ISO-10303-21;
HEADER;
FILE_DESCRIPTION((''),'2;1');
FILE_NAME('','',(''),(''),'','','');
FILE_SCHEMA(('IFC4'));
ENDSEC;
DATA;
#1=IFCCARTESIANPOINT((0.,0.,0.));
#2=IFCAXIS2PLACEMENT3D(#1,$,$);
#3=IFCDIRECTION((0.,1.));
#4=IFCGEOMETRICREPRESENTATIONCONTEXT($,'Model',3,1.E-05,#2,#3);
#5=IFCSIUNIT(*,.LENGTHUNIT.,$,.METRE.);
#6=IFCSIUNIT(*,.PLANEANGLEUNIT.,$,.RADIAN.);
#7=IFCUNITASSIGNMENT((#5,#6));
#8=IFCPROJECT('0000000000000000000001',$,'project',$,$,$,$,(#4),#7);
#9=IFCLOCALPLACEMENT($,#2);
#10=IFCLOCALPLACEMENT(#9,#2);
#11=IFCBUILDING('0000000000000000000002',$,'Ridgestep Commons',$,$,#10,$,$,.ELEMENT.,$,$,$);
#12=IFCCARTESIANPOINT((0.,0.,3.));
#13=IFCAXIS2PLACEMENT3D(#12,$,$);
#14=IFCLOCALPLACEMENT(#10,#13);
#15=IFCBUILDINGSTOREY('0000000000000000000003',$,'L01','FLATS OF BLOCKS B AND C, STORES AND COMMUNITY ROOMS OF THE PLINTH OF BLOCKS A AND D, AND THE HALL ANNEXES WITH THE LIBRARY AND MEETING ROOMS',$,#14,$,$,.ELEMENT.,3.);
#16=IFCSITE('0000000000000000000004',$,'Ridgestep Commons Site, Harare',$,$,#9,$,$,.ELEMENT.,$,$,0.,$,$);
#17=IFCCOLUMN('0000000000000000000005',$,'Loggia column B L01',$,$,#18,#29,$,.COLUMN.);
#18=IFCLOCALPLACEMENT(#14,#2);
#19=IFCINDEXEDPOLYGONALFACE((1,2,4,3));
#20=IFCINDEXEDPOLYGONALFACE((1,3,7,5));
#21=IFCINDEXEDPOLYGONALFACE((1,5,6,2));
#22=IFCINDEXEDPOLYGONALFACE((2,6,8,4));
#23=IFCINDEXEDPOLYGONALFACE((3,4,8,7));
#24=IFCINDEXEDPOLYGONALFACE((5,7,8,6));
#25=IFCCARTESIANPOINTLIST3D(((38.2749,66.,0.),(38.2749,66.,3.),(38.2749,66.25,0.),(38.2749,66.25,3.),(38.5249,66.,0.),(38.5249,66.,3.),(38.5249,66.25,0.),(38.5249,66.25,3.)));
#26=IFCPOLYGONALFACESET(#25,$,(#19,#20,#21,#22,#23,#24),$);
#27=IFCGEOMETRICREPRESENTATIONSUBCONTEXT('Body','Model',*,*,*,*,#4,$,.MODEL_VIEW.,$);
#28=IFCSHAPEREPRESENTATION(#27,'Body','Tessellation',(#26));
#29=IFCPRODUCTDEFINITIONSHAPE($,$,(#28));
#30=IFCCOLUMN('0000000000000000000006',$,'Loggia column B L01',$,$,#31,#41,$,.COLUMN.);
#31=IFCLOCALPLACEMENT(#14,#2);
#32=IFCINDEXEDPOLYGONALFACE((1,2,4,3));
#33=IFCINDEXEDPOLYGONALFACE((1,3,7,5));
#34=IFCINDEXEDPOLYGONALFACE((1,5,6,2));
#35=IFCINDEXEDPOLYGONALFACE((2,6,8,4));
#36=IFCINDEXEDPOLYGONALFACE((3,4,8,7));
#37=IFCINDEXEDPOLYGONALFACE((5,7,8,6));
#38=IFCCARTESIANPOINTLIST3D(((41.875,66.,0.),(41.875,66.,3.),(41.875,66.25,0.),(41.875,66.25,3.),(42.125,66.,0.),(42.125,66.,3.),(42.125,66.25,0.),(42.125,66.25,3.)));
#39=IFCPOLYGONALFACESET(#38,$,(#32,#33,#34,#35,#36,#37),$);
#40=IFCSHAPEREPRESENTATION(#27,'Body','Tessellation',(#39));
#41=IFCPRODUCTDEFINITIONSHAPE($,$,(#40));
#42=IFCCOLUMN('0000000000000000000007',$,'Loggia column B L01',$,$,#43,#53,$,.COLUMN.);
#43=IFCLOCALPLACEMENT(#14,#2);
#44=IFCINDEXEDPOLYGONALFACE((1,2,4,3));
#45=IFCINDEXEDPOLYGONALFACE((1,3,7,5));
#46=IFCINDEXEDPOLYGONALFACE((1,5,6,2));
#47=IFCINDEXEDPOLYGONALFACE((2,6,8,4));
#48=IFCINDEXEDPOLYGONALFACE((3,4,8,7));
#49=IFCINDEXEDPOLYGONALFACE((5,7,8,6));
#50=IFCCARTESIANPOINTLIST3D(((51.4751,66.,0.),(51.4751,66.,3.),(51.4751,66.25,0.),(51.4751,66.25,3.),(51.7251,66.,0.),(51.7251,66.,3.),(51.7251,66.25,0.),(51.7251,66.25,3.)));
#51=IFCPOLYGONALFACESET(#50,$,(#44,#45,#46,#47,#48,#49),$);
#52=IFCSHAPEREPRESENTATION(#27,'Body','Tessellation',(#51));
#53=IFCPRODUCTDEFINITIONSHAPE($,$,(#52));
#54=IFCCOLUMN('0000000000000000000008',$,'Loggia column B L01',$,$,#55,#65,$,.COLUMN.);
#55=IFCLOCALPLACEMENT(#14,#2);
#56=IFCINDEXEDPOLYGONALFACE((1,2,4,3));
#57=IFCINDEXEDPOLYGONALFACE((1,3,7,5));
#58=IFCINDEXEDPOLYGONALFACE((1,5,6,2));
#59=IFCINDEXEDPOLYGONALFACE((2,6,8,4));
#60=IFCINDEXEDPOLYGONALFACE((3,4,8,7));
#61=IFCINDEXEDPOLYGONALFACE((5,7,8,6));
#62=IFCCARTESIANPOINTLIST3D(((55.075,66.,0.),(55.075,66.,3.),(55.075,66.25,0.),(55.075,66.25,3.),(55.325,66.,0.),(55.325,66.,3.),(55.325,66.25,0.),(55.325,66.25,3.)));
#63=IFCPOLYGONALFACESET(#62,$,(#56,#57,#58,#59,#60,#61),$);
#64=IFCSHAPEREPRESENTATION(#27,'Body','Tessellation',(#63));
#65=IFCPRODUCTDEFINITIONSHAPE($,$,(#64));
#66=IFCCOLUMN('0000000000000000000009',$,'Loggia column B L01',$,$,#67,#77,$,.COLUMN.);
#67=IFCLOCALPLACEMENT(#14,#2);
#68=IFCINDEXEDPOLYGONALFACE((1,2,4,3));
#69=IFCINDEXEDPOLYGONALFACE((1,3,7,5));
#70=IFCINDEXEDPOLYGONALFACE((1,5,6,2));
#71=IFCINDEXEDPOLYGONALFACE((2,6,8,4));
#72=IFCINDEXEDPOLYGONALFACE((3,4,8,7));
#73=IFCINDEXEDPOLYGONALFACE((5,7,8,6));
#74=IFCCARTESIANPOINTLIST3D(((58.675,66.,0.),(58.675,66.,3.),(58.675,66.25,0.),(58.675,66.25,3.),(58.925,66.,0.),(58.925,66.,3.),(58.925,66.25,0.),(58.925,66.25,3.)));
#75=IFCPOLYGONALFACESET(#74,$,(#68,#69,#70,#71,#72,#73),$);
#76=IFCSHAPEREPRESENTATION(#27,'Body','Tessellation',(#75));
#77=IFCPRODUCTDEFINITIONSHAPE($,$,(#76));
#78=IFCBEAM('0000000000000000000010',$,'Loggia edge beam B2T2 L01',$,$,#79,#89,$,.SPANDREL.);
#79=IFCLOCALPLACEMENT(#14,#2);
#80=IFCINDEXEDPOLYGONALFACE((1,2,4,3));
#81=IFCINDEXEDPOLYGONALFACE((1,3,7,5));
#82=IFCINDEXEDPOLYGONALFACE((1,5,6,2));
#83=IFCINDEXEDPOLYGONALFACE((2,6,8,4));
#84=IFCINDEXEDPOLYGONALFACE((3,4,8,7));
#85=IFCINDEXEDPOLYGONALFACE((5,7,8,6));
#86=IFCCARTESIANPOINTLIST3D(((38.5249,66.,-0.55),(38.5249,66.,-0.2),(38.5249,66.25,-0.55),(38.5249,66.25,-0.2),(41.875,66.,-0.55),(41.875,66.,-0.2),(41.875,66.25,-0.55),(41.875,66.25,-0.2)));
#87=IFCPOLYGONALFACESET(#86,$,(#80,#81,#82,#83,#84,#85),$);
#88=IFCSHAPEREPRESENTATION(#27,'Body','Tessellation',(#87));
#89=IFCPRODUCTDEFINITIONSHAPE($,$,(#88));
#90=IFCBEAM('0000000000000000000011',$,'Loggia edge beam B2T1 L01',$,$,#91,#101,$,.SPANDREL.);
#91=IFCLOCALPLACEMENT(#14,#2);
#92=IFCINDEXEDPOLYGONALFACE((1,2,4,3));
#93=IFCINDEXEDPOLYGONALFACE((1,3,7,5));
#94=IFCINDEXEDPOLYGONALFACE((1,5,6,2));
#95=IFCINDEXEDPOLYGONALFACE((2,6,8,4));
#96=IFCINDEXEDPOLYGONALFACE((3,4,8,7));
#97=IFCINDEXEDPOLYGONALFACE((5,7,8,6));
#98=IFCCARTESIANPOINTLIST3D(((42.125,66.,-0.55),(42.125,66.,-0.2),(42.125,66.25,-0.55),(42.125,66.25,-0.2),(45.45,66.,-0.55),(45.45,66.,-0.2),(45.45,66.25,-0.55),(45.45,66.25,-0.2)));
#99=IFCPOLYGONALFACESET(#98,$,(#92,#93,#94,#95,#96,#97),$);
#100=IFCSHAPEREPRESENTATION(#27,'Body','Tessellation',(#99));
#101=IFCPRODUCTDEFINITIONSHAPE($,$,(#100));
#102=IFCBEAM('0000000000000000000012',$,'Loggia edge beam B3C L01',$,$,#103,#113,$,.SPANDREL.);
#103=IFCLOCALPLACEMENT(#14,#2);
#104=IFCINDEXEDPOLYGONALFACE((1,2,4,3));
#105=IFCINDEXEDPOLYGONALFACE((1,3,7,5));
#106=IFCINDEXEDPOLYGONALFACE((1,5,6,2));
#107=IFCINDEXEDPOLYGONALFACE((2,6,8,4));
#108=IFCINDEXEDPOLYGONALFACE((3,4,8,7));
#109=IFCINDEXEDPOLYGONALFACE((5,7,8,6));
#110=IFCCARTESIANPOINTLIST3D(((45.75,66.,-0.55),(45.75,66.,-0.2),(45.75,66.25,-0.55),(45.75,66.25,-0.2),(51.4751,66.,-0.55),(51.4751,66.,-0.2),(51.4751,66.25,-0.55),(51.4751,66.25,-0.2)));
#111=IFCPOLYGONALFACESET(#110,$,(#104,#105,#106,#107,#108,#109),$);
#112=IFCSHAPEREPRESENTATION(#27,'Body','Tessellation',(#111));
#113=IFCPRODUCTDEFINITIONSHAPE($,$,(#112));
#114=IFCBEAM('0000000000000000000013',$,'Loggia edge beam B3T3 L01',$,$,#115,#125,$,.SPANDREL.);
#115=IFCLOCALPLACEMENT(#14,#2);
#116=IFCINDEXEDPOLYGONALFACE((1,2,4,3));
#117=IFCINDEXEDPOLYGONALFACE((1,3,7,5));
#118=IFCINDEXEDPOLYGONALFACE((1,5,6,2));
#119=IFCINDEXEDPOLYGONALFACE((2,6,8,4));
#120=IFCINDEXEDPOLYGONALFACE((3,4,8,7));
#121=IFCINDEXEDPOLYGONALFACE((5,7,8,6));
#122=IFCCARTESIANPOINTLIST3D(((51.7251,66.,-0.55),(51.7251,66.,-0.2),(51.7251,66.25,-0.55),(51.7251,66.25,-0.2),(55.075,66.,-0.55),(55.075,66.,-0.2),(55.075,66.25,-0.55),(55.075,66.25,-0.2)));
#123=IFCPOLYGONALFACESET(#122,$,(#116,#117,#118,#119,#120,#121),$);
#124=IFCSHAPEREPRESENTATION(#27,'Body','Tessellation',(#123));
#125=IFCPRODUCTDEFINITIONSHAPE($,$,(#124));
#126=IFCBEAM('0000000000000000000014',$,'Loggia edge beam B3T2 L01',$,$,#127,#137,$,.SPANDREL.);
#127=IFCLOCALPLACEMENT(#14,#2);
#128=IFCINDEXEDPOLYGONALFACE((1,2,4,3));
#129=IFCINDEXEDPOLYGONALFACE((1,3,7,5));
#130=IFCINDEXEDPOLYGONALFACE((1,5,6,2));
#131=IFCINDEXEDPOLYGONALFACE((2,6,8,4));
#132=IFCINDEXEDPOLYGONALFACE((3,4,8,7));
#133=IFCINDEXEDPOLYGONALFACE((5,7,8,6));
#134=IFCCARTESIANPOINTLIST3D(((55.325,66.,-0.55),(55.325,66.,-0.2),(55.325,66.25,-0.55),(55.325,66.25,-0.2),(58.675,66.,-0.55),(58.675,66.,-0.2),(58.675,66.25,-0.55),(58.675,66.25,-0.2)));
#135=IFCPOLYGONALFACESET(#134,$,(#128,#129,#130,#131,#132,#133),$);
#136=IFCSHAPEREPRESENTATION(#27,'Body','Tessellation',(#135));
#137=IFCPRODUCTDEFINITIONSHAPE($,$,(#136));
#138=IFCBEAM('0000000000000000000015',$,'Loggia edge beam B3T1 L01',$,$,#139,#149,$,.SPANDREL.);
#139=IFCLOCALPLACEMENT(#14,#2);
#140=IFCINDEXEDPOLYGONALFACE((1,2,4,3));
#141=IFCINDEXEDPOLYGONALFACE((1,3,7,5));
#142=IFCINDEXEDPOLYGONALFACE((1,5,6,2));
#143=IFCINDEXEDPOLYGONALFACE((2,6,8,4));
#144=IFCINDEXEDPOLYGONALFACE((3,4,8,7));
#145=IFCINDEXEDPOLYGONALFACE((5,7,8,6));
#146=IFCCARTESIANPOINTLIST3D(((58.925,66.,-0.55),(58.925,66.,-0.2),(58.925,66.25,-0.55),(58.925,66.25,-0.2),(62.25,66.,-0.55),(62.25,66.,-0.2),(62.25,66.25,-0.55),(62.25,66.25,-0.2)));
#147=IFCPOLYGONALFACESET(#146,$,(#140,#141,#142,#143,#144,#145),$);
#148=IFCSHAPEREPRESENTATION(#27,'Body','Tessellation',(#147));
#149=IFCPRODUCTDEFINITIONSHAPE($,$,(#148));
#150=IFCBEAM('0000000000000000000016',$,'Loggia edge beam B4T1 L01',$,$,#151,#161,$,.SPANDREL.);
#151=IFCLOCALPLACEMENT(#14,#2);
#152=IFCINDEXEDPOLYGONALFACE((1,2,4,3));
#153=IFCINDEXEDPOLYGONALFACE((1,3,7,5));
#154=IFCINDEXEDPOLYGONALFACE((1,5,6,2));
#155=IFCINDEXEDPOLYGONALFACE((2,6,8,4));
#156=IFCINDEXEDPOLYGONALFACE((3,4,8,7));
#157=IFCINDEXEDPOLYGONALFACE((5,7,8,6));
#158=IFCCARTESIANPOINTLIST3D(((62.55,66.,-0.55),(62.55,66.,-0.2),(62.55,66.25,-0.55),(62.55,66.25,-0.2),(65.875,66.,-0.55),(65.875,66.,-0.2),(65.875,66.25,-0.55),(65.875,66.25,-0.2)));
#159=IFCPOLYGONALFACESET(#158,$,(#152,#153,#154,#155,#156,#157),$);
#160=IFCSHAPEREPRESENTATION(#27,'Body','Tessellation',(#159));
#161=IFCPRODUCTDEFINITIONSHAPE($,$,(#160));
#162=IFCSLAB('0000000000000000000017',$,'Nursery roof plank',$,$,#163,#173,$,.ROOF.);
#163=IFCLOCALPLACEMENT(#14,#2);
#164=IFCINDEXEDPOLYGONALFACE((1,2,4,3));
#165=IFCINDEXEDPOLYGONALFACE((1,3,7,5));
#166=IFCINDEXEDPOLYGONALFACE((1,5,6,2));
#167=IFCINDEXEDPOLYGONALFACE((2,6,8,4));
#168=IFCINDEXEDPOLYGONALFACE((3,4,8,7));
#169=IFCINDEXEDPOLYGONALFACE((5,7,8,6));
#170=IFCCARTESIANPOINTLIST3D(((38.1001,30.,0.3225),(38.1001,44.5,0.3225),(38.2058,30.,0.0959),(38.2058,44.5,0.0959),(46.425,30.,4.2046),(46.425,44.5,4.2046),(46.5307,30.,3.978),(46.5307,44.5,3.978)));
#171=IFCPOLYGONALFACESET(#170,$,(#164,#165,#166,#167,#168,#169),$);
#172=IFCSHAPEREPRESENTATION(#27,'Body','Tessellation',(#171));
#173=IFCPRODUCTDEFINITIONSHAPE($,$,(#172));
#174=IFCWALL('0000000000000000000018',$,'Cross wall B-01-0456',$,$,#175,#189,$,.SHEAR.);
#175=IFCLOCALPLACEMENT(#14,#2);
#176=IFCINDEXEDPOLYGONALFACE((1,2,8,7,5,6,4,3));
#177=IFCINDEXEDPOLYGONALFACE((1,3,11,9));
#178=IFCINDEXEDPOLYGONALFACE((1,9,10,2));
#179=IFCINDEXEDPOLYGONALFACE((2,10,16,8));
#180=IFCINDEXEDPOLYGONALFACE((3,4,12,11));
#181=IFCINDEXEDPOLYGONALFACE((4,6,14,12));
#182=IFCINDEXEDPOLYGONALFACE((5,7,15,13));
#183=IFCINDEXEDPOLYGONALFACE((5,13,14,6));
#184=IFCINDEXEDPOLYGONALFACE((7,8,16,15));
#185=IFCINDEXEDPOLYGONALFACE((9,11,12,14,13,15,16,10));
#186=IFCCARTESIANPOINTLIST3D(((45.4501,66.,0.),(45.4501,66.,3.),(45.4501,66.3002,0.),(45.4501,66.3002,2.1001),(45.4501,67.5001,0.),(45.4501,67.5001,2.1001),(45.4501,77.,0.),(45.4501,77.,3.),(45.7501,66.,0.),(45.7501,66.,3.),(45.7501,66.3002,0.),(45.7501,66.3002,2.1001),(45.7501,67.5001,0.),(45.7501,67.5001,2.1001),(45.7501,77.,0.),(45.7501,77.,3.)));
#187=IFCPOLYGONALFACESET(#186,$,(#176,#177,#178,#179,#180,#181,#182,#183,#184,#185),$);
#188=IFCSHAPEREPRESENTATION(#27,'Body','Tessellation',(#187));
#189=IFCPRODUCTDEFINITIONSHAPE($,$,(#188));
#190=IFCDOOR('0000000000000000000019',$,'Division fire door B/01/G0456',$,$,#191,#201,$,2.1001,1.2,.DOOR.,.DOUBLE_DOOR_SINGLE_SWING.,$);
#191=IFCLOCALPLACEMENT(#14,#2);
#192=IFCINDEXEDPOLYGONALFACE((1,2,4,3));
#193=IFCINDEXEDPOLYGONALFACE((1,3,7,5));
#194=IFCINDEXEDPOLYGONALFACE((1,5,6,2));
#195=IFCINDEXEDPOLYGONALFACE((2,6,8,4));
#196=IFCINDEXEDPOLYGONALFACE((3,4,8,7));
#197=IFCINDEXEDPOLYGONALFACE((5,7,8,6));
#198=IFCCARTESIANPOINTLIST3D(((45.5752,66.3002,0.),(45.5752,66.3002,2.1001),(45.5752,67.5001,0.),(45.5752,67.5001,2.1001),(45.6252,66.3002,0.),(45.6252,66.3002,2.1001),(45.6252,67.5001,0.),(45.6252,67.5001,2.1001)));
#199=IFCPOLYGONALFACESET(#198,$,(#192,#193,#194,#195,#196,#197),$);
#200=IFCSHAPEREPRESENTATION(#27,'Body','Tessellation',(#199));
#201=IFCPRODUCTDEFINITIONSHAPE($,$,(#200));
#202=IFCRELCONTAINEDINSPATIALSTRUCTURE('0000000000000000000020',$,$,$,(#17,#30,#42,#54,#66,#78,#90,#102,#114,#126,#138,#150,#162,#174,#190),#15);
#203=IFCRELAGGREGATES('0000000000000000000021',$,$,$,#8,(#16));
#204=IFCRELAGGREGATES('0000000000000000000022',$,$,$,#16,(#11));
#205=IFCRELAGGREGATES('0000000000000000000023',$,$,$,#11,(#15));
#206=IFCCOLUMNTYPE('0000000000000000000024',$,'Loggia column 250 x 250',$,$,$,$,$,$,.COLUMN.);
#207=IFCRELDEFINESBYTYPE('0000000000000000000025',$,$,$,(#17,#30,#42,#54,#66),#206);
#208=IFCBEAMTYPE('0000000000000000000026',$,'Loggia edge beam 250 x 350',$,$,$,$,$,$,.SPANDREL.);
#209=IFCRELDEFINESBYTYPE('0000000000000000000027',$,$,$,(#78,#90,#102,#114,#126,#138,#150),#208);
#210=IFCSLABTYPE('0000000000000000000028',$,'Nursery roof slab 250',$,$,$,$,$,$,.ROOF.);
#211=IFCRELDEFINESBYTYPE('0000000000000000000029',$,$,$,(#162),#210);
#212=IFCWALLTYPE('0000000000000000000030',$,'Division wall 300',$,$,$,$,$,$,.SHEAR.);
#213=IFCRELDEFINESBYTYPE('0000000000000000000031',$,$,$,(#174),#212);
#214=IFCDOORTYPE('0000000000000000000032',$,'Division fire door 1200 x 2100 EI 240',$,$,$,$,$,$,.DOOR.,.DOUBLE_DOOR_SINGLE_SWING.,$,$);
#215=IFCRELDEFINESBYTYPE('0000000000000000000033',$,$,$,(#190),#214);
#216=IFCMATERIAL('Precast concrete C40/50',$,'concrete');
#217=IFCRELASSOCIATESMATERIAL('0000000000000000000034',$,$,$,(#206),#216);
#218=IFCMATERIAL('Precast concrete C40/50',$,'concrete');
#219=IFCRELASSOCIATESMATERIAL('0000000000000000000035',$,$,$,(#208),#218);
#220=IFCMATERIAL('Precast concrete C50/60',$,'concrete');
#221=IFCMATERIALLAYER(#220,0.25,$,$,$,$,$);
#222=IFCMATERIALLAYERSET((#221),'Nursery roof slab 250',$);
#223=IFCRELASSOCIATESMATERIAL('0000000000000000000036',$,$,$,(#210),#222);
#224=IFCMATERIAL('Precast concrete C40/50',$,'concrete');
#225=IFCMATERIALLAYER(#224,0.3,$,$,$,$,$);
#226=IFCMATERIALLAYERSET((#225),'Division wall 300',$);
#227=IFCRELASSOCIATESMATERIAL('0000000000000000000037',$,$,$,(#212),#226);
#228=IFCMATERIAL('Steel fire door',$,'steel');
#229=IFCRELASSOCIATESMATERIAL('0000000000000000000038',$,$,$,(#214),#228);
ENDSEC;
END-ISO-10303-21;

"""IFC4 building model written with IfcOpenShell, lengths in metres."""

from ifc_helpers import new_model, si_unit, direction, frame, frame_2d, origin, origin_2d, place, context, subcontext, project, spatial, polyline, rectangle, outline, extrude, material, layer, layer_set, material_profile, profile_set, type_object, element, fill, save


model = new_model("IFC4")

# Units and contexts
model_context = context("Model", 3, precision=1e-05, world=origin(), true_north=direction((0.0, 1.0)))
body_context = subcontext(model_context, "Body", "Model", "MODEL_VIEW")
ifc_project = project(units=[si_unit("LENGTHUNIT", "METRE"), si_unit("PLANEANGLEUNIT", "RADIAN")], contexts=[model_context])

# Site, building, storey
site_placement = place(None, origin())
site = spatial("IfcSite", under=ifc_project, at=site_placement, Name="Ridgestep Commons Site, Harare", CompositionType="ELEMENT", RefElevation=0.0)
building_placement = place(site_placement, origin())
building = spatial("IfcBuilding", under=site, at=building_placement, Name="Ridgestep Commons", CompositionType="ELEMENT")
storey_placement = place(building_placement, frame((0.0, 0.0, 3.0)))
storey = spatial("IfcBuildingStorey", under=building, at=storey_placement, Name="L01", Description="FLATS OF BLOCKS B AND C, STORES AND COMMUNITY ROOMS OF THE PLINTH OF BLOCKS A AND D, AND THE HALL ANNEXES WITH THE LIBRARY AND MEETING ROOMS", CompositionType="ELEMENT", Elevation=3.0)

# Columns
ifc_material_1 = material(Name="Precast concrete C40/50", Category="concrete")
ifc_material_profile_1 = material_profile(ifc_material_1, rectangle(XDim=0.25, YDim=0.25, at=origin_2d()), Name="PC 250x250")
ifc_profile_set_1 = profile_set([ifc_material_profile_1], Name="Precast concrete C40/50")
column_type = type_object("IfcColumnType", Name="Loggia column 250 x 250", PredefinedType="COLUMN", material=ifc_profile_set_1)
for number, where, z_axis, x_axis, name in (
    (1, (38.3999, 66.125, 0.0), (0.0, 0.0, 1.0), (1.0, 0.0, 0.0), "Loggia column B L01"),
    (2, (42.0, 66.125, 0.0), (0.0, 0.0, 1.0), (1.0, 0.0, 0.0), "Loggia column B L01"),
    (3, (51.6001, 66.125, 0.0), (0.0, 0.0, 1.0), (1.0, 0.0, 0.0), "Loggia column B L01"),
    (4, (55.2, 66.125, 0.0), (0.0, 0.0, 1.0), (1.0, 0.0, 0.0), "Loggia column B L01"),
    (5, (58.8, 66.125, 0.0), (0.0, 0.0, 1.0), (1.0, 0.0, 0.0), "Loggia column B L01"),
):
    element("IfcColumn", number, at=place(storey_placement, frame(where, z_axis=z_axis, x_axis=x_axis)), inside=storey, type_object=column_type, Name=name, PredefinedType="COLUMN", context=body_context, shape_type="SweptSolid", body=[
        extrude(rectangle(XDim=0.25, YDim=0.25, at=origin_2d()), origin(), (0.0, 0.0, 1.0), 3.0),
    ])

# Beams
ifc_material_2 = material(Name="Precast concrete C40/50", Category="concrete")
ifc_material_profile_2 = material_profile(ifc_material_2, rectangle(XDim=0.25, YDim=0.3501, at=origin_2d()), Name="PC 250x350")
ifc_profile_set_2 = profile_set([ifc_material_profile_2], Name="Precast concrete C40/50")
beam_type = type_object("IfcBeamType", Name="Loggia edge beam 250 x 350", PredefinedType="SPANDREL", material=ifc_profile_set_2)
beam_1_placement = place(storey_placement, frame((38.5249, 66.125, -0.375), z_axis=(1.0, 0.0, 0.0), x_axis=(0.0, 1.0, 0.0)))
element("IfcBeam", 6, at=beam_1_placement, inside=storey, type_object=beam_type, Name="Loggia edge beam B2T2 L01", PredefinedType="SPANDREL", context=body_context, shape_type="SweptSolid", body=[
    extrude(rectangle(XDim=0.25, YDim=0.3501, at=origin_2d()), origin(), (0.0, 0.0, 1.0), 3.3501),
])
beam_2_placement = place(storey_placement, frame((42.125, 66.125, -0.375), z_axis=(1.0, 0.0, 0.0), x_axis=(0.0, 1.0, 0.0)))
element("IfcBeam", 7, at=beam_2_placement, inside=storey, type_object=beam_type, Name="Loggia edge beam B2T1 L01", PredefinedType="SPANDREL", context=body_context, shape_type="SweptSolid", body=[
    extrude(rectangle(XDim=0.25, YDim=0.3501, at=origin_2d()), origin(), (0.0, 0.0, 1.0), 3.325),
])
beam_3_placement = place(storey_placement, frame((45.75, 66.125, -0.375), z_axis=(1.0, 0.0, 0.0), x_axis=(0.0, 1.0, 0.0)))
element("IfcBeam", 8, at=beam_3_placement, inside=storey, type_object=beam_type, Name="Loggia edge beam B3C L01", PredefinedType="SPANDREL", context=body_context, shape_type="SweptSolid", body=[
    extrude(rectangle(XDim=0.25, YDim=0.3501, at=origin_2d()), origin(), (0.0, 0.0, 1.0), 5.7251),
])
beam_4_placement = place(storey_placement, frame((51.7251, 66.125, -0.375), z_axis=(1.0, 0.0, 0.0), x_axis=(0.0, 1.0, 0.0)))
element("IfcBeam", 9, at=beam_4_placement, inside=storey, type_object=beam_type, Name="Loggia edge beam B3T3 L01", PredefinedType="SPANDREL", context=body_context, shape_type="SweptSolid", body=[
    extrude(rectangle(XDim=0.25, YDim=0.3501, at=origin_2d()), origin(), (0.0, 0.0, 1.0), 3.3499),
])
beam_5_placement = place(storey_placement, frame((55.325, 66.125, -0.375), z_axis=(1.0, 0.0, 0.0), x_axis=(0.0, 1.0, 0.0)))
element("IfcBeam", 10, at=beam_5_placement, inside=storey, type_object=beam_type, Name="Loggia edge beam B3T2 L01", PredefinedType="SPANDREL", context=body_context, shape_type="SweptSolid", body=[
    extrude(rectangle(XDim=0.25, YDim=0.3501, at=origin_2d()), origin(), (0.0, 0.0, 1.0), 3.3501),
])
for number, where, z_axis, x_axis, name in (
    (11, (58.925, 66.125, -0.375), (1.0, 0.0, 0.0), (0.0, 1.0, 0.0), "Loggia edge beam B3T1 L01"),
    (12, (62.55, 66.125, -0.375), (1.0, 0.0, 0.0), (0.0, 1.0, 0.0), "Loggia edge beam B4T1 L01"),
):
    element("IfcBeam", number, at=place(storey_placement, frame(where, z_axis=z_axis, x_axis=x_axis)), inside=storey, type_object=beam_type, Name=name, PredefinedType="SPANDREL", context=body_context, shape_type="SweptSolid", body=[
        extrude(rectangle(XDim=0.25, YDim=0.3501, at=origin_2d()), origin(), (0.0, 0.0, 1.0), 3.325),
    ])

# Slab
ifc_material_3 = material(Name="Precast concrete C50/60", Category="concrete")
ifc_layer_1 = layer(ifc_material_3, 0.25)
ifc_layer_set_1 = layer_set([ifc_layer_1], Name="Nursery roof slab 250")
slab_type = type_object("IfcSlabType", Name="Nursery roof slab 250", PredefinedType="ROOF", material=ifc_layer_set_1)
slab_placement = place(storey_placement, frame((38.1001, 30.0, 0.3225), z_axis=(-0.422626, 0.0, 0.906304), x_axis=(0.906304, 0.0, 0.422626)))
element("IfcSlab", 13, at=slab_placement, inside=storey, type_object=slab_type, Name="Nursery roof plank", PredefinedType="ROOF", context=body_context, shape_type="SweptSolid", body=[
    extrude(outline(polyline([(0.0, 0.0), (9.1856, 0.0), (9.1856, 14.5), (0.0, 14.5), (0.0, 0.0)])), origin(), (0.0, 0.0, -1.0), 0.25),
])

# Wall, opening, door
ifc_material_4 = material(Name="Precast concrete C40/50", Category="concrete")
ifc_layer_2 = layer(ifc_material_4, 0.3)
ifc_layer_set_2 = layer_set([ifc_layer_2], Name="Division wall 300")
wall_type = type_object("IfcWallType", Name="Division wall 300", PredefinedType="SHEAR", material=ifc_layer_set_2)
wall_1_placement = place(storey_placement, frame((45.6001, 66.0, 0.0), z_axis=(0.0, 0.0, 1.0), x_axis=(0.0, 1.0, 0.0)))
wall_1 = element("IfcWall", 14, at=wall_1_placement, inside=storey, type_object=wall_type, Name="Cross wall B-01-0456", PredefinedType="SHEAR", context=body_context, shape_type="SweptSolid", body=[
    extrude(rectangle(XDim=11.0, YDim=0.3, at=frame_2d((5.5, 0.0))), origin(), (0.0, 0.0, 1.0), 3.0),
])
opening_1_placement = place(wall_1_placement, frame((0.3, 0.0, 0.0)))
opening_1 = element("IfcOpeningElement", 15, at=opening_1_placement, cuts=wall_1, PredefinedType="OPENING", context=body_context, shape_type="SweptSolid", body=[
    extrude(rectangle(XDim=1.2, YDim=2.1001, at=frame_2d((0.6001, 1.05))), frame((0.0, 0.1599, 0.0), z_axis=(0.0, -1.0, 0.0), x_axis=(1.0, 0.0, 0.0)), (0.0, 0.0, 1.0), 0.3201),
])
ifc_material_5 = material(Name="Steel fire door", Category="steel")
door_type = type_object("IfcDoorType", Name="Division fire door 1200 x 2100 EI 240", OperationType="DOUBLE_DOOR_SINGLE_SWING", PredefinedType="DOOR", material=ifc_material_5)
door_1_placement = place(opening_1_placement, origin())
door_1 = element("IfcDoor", 16, at=door_1_placement, inside=storey, type_object=door_type, Name="Division fire door B/01/G0456", OperationType="DOUBLE_DOOR_SINGLE_SWING", OverallHeight=2.1001, OverallWidth=1.2, PredefinedType="DOOR", context=body_context, shape_type="SweptSolid", body=[
    extrude(rectangle(XDim=1.2, YDim=2.1001, at=frame_2d((0.6001, 1.05))), frame((0.0, 0.0249, 0.0), z_axis=(0.0, -1.0, 0.0), x_axis=(1.0, 0.0, 0.0)), (0.0, 0.0, 1.0), 0.05),
])
fill(opening_1, door_1)

save(model, "model.ifc")
